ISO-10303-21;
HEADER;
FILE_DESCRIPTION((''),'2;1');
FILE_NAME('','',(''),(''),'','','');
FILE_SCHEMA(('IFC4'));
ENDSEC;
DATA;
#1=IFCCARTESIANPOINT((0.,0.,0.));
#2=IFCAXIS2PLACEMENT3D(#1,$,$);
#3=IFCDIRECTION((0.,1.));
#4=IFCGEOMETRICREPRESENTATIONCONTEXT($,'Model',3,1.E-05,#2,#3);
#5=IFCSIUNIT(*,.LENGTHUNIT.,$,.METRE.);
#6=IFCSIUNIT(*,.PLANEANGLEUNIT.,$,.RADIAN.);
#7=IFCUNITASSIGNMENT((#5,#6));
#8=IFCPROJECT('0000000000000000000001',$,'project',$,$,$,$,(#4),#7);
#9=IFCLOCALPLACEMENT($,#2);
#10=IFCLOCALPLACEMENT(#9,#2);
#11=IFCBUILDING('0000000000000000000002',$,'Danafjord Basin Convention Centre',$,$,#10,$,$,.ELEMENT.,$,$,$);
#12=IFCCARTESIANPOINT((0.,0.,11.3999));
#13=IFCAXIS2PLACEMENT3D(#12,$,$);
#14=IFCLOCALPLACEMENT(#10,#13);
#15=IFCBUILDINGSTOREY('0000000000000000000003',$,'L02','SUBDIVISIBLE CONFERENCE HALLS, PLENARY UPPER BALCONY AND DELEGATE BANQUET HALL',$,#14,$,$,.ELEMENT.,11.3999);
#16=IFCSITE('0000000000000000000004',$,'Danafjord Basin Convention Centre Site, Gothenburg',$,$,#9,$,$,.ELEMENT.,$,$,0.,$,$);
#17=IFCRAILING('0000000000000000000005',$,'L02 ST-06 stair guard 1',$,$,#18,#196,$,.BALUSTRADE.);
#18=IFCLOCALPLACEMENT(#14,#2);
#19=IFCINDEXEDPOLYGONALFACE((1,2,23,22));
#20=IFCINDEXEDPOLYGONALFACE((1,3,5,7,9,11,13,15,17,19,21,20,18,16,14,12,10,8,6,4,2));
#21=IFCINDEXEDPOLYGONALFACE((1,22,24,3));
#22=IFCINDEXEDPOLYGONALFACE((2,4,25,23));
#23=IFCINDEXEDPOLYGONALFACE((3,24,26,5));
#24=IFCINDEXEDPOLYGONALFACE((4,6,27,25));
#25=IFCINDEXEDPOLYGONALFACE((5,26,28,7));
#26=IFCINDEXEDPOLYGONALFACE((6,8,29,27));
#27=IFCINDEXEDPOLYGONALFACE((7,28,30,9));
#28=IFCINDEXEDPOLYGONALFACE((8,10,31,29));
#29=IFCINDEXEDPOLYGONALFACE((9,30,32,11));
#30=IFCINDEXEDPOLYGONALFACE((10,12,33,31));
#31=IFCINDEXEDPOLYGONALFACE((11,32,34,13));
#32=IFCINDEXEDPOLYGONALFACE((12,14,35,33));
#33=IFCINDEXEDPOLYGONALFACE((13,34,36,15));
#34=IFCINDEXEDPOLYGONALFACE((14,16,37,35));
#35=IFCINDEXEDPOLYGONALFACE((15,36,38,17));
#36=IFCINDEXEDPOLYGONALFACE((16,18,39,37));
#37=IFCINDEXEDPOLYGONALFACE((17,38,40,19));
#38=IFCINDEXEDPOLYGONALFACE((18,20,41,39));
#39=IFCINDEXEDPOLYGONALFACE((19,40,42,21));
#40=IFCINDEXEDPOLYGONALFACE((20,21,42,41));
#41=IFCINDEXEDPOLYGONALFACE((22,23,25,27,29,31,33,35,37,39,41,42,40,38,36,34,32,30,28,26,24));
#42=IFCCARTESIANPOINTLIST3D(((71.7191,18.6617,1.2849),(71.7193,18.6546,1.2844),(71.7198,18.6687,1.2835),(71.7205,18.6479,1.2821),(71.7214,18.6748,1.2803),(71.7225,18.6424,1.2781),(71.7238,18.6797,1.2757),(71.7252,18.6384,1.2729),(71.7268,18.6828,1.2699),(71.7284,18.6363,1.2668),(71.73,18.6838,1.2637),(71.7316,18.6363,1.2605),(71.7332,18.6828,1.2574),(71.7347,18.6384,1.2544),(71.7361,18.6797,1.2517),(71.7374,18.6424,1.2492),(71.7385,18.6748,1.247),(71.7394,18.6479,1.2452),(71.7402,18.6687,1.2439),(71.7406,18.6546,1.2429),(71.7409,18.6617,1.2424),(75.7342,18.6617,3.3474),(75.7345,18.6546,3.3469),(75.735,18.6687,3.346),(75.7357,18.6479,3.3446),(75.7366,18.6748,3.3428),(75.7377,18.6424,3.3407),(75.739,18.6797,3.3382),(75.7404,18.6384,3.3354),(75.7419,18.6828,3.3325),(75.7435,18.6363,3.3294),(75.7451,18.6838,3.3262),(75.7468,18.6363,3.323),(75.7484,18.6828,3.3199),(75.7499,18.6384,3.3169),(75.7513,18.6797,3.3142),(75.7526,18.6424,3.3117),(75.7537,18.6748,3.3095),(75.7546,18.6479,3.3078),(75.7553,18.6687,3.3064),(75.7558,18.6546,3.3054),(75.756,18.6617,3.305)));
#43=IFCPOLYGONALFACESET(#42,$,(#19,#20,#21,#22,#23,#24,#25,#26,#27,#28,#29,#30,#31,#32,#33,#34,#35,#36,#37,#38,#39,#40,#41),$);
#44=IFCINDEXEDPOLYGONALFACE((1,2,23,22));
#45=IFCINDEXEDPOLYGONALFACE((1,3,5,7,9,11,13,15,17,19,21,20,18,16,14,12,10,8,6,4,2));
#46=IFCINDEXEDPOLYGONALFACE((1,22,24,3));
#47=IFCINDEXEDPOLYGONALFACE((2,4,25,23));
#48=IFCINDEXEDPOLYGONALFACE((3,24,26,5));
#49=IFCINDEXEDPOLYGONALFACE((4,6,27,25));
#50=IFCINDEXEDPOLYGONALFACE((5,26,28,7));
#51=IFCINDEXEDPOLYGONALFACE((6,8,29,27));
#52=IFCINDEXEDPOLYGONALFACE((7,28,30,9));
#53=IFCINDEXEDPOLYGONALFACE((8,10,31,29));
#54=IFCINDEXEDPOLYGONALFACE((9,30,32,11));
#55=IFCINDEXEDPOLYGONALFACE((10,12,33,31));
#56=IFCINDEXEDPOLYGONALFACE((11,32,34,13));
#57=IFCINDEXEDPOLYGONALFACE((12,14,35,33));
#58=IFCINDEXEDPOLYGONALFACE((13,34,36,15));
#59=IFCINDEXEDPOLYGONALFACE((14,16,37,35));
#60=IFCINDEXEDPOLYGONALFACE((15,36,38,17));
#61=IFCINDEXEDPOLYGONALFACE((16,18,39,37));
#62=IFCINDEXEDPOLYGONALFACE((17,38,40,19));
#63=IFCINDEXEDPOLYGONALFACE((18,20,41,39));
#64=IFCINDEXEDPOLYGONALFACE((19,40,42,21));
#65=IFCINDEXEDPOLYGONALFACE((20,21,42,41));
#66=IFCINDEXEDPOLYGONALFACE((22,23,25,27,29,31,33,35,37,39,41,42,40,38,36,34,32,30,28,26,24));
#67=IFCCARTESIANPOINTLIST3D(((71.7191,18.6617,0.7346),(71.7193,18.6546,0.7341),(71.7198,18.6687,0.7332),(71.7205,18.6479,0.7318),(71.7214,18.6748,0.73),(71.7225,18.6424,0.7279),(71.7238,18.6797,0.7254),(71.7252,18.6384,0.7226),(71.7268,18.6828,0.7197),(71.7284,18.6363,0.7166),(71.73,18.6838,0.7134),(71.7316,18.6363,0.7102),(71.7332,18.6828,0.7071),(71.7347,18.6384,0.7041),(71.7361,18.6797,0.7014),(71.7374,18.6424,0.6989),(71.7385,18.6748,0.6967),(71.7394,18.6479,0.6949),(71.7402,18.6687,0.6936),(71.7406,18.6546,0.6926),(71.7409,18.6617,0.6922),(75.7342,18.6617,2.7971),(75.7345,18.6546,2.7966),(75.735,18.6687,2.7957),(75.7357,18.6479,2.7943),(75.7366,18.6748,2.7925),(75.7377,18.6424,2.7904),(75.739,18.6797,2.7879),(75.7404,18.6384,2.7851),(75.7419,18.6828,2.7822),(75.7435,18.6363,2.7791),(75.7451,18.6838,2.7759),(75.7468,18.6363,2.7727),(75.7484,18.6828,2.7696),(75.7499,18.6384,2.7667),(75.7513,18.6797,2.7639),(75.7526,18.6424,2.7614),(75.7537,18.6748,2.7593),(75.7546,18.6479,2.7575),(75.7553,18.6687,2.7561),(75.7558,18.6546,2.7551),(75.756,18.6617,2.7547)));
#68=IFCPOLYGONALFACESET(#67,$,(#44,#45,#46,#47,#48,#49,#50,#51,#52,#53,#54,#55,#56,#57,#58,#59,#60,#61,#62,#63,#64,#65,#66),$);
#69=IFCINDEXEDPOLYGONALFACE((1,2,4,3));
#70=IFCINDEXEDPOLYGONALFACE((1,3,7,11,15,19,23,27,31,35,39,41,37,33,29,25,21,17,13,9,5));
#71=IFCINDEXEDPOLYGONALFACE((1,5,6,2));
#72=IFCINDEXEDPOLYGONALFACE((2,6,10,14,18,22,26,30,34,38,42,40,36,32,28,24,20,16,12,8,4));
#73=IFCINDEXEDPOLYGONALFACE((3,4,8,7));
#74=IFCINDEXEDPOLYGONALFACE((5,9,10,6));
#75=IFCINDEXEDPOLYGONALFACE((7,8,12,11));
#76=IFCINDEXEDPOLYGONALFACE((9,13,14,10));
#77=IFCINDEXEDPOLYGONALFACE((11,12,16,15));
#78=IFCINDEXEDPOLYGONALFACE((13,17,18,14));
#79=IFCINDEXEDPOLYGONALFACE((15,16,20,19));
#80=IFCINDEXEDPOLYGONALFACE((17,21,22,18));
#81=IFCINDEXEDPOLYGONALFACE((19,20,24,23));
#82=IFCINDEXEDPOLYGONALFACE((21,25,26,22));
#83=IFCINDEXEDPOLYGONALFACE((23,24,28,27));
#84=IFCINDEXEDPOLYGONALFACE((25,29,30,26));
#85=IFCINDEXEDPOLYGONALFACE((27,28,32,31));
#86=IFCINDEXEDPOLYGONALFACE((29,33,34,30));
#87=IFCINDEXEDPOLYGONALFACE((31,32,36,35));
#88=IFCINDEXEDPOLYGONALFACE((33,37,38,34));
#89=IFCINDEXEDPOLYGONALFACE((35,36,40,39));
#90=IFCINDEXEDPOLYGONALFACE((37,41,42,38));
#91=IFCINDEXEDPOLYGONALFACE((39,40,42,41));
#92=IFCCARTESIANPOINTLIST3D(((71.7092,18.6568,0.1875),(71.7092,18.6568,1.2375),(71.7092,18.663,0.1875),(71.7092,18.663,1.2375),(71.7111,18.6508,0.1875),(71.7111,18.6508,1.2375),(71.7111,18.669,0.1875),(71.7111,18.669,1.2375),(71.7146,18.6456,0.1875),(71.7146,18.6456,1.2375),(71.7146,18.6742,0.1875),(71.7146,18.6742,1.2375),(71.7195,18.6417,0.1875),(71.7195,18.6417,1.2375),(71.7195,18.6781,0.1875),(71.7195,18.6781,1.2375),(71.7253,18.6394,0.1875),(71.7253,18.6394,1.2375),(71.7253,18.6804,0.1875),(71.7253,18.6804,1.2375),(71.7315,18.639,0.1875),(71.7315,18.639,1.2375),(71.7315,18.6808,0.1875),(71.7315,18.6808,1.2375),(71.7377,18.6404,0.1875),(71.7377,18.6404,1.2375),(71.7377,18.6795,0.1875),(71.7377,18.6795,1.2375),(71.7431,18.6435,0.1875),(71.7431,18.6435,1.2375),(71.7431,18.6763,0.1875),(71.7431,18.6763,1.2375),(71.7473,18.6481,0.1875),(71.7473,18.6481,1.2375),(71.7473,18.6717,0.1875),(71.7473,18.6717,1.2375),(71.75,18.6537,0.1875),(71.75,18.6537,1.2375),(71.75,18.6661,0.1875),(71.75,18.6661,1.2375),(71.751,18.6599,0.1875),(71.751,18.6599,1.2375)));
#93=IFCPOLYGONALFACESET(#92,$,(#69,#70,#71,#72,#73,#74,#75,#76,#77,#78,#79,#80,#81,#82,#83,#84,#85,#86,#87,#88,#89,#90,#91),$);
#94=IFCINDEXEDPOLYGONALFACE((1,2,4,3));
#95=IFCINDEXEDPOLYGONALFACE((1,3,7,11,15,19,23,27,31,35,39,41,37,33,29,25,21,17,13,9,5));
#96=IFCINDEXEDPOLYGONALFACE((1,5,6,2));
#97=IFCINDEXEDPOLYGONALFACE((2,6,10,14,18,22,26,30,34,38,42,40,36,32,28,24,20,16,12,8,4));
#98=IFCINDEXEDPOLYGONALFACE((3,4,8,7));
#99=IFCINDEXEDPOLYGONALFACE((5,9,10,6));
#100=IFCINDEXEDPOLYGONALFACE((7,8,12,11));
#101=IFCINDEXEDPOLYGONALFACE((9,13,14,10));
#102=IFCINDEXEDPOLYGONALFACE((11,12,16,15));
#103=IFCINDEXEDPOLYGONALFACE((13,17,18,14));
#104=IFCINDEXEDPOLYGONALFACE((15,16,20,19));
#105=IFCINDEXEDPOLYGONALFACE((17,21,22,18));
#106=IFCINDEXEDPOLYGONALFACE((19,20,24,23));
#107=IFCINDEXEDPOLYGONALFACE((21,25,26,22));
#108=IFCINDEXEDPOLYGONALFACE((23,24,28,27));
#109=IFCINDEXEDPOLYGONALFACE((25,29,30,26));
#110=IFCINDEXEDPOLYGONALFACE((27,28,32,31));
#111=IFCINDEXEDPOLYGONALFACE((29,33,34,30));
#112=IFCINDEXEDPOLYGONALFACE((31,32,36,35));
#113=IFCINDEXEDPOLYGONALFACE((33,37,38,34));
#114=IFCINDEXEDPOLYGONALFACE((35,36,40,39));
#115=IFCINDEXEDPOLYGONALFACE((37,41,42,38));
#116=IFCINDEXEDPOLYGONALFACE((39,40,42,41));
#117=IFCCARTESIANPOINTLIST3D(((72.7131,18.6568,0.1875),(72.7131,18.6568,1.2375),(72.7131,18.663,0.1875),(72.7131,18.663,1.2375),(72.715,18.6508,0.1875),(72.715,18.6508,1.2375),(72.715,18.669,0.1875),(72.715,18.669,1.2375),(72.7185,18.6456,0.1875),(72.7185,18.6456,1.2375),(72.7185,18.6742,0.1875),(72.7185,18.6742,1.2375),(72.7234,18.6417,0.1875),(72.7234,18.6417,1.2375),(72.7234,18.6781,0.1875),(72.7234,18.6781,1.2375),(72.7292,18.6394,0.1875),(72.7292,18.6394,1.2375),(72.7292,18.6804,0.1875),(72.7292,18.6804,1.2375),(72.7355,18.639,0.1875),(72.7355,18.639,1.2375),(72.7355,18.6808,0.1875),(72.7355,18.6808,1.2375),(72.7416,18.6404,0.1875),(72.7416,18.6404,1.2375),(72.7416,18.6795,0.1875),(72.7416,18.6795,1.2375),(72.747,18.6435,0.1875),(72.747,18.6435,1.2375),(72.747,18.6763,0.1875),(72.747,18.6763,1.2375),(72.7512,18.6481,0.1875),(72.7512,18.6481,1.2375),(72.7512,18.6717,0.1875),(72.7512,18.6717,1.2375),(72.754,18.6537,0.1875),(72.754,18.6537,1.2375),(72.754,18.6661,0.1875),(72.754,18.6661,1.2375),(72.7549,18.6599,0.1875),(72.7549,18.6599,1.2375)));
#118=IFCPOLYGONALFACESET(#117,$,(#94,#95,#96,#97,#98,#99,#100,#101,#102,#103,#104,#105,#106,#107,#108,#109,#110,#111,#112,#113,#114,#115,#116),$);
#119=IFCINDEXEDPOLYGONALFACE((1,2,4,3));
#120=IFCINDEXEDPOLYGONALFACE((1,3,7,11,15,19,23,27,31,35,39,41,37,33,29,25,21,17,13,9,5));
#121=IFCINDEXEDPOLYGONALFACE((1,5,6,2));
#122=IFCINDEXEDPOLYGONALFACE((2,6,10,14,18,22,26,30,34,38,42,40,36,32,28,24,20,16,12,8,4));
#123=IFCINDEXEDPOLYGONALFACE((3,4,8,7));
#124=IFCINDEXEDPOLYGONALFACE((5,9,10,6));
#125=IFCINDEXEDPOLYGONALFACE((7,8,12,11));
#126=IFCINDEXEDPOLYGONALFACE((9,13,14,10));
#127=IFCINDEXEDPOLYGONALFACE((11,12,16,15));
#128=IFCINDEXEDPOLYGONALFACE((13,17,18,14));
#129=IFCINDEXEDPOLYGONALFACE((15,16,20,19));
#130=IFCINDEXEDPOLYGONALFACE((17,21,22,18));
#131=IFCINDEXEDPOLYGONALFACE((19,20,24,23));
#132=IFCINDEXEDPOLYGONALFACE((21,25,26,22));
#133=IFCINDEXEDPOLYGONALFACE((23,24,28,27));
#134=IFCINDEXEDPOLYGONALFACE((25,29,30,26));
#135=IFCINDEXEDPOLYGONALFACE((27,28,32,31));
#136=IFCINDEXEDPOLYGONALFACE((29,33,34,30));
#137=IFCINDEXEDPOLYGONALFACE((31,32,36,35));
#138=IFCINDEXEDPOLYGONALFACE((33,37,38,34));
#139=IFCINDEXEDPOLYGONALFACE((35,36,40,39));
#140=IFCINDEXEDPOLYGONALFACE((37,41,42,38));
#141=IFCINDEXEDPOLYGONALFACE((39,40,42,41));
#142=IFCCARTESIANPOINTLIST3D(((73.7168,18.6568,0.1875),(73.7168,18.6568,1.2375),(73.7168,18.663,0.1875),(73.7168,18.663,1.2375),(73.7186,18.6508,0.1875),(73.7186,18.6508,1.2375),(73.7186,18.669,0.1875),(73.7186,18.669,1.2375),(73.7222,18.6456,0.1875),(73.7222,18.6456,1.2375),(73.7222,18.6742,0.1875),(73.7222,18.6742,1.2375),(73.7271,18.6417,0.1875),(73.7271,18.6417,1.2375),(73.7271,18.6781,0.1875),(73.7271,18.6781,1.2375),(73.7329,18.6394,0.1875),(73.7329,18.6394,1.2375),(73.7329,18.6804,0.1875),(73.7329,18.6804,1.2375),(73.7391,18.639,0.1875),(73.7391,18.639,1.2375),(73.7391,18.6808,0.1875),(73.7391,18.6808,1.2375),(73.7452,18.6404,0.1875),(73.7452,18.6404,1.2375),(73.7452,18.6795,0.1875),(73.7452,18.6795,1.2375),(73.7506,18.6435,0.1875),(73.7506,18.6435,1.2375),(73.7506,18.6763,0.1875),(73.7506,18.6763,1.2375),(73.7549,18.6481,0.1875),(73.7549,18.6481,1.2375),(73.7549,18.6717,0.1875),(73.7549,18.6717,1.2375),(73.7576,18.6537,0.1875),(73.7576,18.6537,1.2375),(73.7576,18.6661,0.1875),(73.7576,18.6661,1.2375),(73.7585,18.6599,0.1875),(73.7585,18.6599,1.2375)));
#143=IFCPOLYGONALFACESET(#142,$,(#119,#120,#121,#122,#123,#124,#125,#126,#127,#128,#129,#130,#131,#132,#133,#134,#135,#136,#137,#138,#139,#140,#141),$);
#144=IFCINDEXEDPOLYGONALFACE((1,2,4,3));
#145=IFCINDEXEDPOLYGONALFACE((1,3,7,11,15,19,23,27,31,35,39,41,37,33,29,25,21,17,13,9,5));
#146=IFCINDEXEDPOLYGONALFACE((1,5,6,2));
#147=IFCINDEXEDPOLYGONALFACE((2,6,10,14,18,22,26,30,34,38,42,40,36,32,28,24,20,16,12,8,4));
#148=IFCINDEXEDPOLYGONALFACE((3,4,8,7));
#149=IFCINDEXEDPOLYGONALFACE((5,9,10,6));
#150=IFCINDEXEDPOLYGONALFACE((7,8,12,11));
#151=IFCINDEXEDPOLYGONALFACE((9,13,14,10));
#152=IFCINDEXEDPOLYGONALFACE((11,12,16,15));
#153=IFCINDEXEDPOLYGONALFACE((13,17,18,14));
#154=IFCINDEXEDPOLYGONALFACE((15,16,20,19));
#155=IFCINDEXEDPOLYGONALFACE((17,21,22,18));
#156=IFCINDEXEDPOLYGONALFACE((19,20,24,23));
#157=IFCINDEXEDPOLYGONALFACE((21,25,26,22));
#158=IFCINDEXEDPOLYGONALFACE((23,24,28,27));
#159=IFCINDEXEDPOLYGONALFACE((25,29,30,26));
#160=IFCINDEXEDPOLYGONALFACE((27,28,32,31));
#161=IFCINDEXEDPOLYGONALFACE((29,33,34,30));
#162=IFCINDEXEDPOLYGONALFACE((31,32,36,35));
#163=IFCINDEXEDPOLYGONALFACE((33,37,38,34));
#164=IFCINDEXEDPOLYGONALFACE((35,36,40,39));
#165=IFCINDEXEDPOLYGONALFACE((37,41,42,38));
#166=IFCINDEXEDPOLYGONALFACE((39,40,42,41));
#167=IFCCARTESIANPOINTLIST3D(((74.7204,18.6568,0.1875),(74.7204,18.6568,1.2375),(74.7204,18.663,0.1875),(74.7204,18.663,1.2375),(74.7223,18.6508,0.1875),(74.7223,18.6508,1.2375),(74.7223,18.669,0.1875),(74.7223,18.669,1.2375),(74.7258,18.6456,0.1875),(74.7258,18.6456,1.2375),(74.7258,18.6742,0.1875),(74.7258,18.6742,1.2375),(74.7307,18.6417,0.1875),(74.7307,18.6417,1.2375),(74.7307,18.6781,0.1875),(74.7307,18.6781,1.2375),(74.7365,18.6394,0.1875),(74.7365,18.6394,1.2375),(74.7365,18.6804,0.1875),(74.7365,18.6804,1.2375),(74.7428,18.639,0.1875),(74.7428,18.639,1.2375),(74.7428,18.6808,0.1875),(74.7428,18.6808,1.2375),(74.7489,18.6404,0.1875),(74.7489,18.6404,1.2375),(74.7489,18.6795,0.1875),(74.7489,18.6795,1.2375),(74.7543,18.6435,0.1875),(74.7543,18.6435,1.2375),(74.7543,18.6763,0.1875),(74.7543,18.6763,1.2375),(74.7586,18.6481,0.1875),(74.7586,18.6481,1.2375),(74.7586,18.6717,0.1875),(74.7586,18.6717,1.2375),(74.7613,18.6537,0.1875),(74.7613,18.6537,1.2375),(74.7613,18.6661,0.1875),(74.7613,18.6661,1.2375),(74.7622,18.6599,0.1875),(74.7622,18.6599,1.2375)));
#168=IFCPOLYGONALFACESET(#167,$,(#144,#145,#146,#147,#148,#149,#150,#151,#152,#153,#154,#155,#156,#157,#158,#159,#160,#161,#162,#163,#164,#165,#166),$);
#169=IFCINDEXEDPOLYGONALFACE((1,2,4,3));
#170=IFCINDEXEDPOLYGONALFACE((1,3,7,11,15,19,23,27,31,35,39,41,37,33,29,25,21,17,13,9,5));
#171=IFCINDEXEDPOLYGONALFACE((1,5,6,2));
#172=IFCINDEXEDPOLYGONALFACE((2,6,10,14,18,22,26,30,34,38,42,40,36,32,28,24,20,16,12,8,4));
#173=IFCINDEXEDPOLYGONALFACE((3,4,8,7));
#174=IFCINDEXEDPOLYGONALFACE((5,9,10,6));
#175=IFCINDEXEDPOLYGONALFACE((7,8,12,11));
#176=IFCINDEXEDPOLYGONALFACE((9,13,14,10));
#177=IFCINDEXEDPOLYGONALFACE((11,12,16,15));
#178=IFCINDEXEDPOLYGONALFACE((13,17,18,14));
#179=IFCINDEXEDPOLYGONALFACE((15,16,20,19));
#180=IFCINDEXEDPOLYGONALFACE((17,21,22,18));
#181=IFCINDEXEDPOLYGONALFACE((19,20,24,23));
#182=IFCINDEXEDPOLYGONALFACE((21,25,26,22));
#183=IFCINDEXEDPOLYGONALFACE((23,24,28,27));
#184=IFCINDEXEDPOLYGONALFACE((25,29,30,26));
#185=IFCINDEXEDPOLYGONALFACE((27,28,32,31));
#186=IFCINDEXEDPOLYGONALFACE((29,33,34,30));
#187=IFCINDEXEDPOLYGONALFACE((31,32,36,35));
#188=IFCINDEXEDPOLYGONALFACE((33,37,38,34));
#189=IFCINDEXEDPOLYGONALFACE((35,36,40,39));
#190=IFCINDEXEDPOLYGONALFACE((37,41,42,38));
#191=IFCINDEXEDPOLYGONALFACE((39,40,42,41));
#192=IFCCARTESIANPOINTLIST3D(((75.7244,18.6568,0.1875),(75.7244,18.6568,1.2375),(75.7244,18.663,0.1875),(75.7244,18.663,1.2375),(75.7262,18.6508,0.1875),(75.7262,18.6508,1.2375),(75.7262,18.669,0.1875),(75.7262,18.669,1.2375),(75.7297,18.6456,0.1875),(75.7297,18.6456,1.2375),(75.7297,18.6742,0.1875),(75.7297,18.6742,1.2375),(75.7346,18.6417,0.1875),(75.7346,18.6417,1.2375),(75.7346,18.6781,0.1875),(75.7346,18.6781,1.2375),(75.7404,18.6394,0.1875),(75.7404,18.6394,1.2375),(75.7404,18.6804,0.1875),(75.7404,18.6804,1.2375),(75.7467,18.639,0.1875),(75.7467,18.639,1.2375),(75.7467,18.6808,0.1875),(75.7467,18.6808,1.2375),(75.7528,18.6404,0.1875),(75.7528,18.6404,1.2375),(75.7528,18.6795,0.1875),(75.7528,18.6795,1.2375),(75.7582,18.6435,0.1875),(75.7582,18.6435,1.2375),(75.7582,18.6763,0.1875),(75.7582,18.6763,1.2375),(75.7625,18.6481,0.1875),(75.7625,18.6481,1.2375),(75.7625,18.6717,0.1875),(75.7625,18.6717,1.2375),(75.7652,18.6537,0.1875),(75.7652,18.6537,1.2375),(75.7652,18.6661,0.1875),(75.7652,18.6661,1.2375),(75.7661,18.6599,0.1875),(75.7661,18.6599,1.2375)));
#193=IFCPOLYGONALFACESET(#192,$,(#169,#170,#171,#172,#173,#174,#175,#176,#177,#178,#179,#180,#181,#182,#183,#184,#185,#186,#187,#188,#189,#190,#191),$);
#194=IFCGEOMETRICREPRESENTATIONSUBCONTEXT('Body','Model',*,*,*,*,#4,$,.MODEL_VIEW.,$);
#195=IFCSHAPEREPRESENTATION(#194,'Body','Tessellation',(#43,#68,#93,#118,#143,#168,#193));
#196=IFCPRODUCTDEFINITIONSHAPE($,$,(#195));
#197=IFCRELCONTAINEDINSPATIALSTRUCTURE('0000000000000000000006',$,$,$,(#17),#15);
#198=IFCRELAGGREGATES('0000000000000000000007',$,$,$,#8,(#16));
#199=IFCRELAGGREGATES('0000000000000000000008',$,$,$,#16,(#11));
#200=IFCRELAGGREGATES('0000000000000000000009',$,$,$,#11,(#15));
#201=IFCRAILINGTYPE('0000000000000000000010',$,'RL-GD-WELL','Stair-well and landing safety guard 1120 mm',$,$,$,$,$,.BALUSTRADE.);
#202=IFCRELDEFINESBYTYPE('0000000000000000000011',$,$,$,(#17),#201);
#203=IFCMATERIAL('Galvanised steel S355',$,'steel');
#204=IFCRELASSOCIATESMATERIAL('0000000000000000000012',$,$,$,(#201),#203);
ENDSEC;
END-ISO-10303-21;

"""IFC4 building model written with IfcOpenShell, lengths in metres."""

from ifc_helpers import new_model, si_unit, direction, frame, origin, origin_2d, place, context, subcontext, project, spatial, circle, extrude, material, type_object, element, save


model = new_model("IFC4")

# Units and contexts
model_context = context("Model", 3, precision=1e-05, world=origin(), true_north=direction((0.0, 1.0)))
body_context = subcontext(model_context, "Body", "Model", "MODEL_VIEW")
ifc_project = project(units=[si_unit("LENGTHUNIT", "METRE"), si_unit("PLANEANGLEUNIT", "RADIAN")], contexts=[model_context])

# Site, building, storey
site_placement = place(None, origin())
site = spatial("IfcSite", under=ifc_project, at=site_placement, Name="Danafjord Basin Convention Centre Site, Gothenburg", CompositionType="ELEMENT", RefElevation=0.0)
building_placement = place(site_placement, origin())
building = spatial("IfcBuilding", under=site, at=building_placement, Name="Danafjord Basin Convention Centre", CompositionType="ELEMENT")
storey_placement = place(building_placement, frame((0.0, 0.0, 11.3999)))
storey = spatial("IfcBuildingStorey", under=building, at=storey_placement, Name="L02", Description="SUBDIVISIBLE CONFERENCE HALLS, PLENARY UPPER BALCONY AND DELEGATE BANQUET HALL", CompositionType="ELEMENT", Elevation=11.3999)

# Railing
ifc_material_1 = material(Name="Galvanised steel S355", Category="steel")
railing_type_1 = type_object("IfcRailingType", Name="RL-GD-WELL", Description="Stair-well and landing safety guard 1120 mm", PredefinedType="BALUSTRADE", material=ifc_material_1)
railing_1_placement = place(storey_placement, frame((71.73, 18.6599, 0.1875)))
element("IfcRailing", 1, at=railing_1_placement, inside=storey, type_object=railing_type_1, Name="L02 ST-06 stair guard 1", PredefinedType="BALUSTRADE", context=body_context, shape_type="SweptSolid", body=[
    extrude(circle(Radius=0.0239, at=origin_2d()), frame((0.0, 0.0, 1.0762), z_axis=(0.889506, 0.0, 0.456923), x_axis=(0.0, 1.0, 0.0)), (0.0, 0.0, 1.0), 4.5139),
    extrude(circle(Radius=0.0239, at=origin_2d()), frame((0.0, 0.0, 0.5259), z_axis=(0.889506, 0.0, 0.456923), x_axis=(0.0, 1.0, 0.0)), (0.0, 0.0, 1.0), 4.5139),
    extrude(circle(Radius=0.021, at=origin_2d()), origin(), (0.0, 0.0, 1.0), 1.05),
    extrude(circle(Radius=0.021, at=origin_2d()), frame((1.0039, 0.0, 0.0)), (0.0, 0.0, 1.0), 1.05),
    extrude(circle(Radius=0.021, at=origin_2d()), frame((2.0076, 0.0, 0.0)), (0.0, 0.0, 1.0), 1.05),
    extrude(circle(Radius=0.021, at=origin_2d()), frame((3.0112, 0.0, 0.0)), (0.0, 0.0, 1.0), 1.05),
    extrude(circle(Radius=0.021, at=origin_2d()), frame((4.0151, 0.0, 0.0)), (0.0, 0.0, 1.0), 1.05),
])

save(model, "model.ifc")
